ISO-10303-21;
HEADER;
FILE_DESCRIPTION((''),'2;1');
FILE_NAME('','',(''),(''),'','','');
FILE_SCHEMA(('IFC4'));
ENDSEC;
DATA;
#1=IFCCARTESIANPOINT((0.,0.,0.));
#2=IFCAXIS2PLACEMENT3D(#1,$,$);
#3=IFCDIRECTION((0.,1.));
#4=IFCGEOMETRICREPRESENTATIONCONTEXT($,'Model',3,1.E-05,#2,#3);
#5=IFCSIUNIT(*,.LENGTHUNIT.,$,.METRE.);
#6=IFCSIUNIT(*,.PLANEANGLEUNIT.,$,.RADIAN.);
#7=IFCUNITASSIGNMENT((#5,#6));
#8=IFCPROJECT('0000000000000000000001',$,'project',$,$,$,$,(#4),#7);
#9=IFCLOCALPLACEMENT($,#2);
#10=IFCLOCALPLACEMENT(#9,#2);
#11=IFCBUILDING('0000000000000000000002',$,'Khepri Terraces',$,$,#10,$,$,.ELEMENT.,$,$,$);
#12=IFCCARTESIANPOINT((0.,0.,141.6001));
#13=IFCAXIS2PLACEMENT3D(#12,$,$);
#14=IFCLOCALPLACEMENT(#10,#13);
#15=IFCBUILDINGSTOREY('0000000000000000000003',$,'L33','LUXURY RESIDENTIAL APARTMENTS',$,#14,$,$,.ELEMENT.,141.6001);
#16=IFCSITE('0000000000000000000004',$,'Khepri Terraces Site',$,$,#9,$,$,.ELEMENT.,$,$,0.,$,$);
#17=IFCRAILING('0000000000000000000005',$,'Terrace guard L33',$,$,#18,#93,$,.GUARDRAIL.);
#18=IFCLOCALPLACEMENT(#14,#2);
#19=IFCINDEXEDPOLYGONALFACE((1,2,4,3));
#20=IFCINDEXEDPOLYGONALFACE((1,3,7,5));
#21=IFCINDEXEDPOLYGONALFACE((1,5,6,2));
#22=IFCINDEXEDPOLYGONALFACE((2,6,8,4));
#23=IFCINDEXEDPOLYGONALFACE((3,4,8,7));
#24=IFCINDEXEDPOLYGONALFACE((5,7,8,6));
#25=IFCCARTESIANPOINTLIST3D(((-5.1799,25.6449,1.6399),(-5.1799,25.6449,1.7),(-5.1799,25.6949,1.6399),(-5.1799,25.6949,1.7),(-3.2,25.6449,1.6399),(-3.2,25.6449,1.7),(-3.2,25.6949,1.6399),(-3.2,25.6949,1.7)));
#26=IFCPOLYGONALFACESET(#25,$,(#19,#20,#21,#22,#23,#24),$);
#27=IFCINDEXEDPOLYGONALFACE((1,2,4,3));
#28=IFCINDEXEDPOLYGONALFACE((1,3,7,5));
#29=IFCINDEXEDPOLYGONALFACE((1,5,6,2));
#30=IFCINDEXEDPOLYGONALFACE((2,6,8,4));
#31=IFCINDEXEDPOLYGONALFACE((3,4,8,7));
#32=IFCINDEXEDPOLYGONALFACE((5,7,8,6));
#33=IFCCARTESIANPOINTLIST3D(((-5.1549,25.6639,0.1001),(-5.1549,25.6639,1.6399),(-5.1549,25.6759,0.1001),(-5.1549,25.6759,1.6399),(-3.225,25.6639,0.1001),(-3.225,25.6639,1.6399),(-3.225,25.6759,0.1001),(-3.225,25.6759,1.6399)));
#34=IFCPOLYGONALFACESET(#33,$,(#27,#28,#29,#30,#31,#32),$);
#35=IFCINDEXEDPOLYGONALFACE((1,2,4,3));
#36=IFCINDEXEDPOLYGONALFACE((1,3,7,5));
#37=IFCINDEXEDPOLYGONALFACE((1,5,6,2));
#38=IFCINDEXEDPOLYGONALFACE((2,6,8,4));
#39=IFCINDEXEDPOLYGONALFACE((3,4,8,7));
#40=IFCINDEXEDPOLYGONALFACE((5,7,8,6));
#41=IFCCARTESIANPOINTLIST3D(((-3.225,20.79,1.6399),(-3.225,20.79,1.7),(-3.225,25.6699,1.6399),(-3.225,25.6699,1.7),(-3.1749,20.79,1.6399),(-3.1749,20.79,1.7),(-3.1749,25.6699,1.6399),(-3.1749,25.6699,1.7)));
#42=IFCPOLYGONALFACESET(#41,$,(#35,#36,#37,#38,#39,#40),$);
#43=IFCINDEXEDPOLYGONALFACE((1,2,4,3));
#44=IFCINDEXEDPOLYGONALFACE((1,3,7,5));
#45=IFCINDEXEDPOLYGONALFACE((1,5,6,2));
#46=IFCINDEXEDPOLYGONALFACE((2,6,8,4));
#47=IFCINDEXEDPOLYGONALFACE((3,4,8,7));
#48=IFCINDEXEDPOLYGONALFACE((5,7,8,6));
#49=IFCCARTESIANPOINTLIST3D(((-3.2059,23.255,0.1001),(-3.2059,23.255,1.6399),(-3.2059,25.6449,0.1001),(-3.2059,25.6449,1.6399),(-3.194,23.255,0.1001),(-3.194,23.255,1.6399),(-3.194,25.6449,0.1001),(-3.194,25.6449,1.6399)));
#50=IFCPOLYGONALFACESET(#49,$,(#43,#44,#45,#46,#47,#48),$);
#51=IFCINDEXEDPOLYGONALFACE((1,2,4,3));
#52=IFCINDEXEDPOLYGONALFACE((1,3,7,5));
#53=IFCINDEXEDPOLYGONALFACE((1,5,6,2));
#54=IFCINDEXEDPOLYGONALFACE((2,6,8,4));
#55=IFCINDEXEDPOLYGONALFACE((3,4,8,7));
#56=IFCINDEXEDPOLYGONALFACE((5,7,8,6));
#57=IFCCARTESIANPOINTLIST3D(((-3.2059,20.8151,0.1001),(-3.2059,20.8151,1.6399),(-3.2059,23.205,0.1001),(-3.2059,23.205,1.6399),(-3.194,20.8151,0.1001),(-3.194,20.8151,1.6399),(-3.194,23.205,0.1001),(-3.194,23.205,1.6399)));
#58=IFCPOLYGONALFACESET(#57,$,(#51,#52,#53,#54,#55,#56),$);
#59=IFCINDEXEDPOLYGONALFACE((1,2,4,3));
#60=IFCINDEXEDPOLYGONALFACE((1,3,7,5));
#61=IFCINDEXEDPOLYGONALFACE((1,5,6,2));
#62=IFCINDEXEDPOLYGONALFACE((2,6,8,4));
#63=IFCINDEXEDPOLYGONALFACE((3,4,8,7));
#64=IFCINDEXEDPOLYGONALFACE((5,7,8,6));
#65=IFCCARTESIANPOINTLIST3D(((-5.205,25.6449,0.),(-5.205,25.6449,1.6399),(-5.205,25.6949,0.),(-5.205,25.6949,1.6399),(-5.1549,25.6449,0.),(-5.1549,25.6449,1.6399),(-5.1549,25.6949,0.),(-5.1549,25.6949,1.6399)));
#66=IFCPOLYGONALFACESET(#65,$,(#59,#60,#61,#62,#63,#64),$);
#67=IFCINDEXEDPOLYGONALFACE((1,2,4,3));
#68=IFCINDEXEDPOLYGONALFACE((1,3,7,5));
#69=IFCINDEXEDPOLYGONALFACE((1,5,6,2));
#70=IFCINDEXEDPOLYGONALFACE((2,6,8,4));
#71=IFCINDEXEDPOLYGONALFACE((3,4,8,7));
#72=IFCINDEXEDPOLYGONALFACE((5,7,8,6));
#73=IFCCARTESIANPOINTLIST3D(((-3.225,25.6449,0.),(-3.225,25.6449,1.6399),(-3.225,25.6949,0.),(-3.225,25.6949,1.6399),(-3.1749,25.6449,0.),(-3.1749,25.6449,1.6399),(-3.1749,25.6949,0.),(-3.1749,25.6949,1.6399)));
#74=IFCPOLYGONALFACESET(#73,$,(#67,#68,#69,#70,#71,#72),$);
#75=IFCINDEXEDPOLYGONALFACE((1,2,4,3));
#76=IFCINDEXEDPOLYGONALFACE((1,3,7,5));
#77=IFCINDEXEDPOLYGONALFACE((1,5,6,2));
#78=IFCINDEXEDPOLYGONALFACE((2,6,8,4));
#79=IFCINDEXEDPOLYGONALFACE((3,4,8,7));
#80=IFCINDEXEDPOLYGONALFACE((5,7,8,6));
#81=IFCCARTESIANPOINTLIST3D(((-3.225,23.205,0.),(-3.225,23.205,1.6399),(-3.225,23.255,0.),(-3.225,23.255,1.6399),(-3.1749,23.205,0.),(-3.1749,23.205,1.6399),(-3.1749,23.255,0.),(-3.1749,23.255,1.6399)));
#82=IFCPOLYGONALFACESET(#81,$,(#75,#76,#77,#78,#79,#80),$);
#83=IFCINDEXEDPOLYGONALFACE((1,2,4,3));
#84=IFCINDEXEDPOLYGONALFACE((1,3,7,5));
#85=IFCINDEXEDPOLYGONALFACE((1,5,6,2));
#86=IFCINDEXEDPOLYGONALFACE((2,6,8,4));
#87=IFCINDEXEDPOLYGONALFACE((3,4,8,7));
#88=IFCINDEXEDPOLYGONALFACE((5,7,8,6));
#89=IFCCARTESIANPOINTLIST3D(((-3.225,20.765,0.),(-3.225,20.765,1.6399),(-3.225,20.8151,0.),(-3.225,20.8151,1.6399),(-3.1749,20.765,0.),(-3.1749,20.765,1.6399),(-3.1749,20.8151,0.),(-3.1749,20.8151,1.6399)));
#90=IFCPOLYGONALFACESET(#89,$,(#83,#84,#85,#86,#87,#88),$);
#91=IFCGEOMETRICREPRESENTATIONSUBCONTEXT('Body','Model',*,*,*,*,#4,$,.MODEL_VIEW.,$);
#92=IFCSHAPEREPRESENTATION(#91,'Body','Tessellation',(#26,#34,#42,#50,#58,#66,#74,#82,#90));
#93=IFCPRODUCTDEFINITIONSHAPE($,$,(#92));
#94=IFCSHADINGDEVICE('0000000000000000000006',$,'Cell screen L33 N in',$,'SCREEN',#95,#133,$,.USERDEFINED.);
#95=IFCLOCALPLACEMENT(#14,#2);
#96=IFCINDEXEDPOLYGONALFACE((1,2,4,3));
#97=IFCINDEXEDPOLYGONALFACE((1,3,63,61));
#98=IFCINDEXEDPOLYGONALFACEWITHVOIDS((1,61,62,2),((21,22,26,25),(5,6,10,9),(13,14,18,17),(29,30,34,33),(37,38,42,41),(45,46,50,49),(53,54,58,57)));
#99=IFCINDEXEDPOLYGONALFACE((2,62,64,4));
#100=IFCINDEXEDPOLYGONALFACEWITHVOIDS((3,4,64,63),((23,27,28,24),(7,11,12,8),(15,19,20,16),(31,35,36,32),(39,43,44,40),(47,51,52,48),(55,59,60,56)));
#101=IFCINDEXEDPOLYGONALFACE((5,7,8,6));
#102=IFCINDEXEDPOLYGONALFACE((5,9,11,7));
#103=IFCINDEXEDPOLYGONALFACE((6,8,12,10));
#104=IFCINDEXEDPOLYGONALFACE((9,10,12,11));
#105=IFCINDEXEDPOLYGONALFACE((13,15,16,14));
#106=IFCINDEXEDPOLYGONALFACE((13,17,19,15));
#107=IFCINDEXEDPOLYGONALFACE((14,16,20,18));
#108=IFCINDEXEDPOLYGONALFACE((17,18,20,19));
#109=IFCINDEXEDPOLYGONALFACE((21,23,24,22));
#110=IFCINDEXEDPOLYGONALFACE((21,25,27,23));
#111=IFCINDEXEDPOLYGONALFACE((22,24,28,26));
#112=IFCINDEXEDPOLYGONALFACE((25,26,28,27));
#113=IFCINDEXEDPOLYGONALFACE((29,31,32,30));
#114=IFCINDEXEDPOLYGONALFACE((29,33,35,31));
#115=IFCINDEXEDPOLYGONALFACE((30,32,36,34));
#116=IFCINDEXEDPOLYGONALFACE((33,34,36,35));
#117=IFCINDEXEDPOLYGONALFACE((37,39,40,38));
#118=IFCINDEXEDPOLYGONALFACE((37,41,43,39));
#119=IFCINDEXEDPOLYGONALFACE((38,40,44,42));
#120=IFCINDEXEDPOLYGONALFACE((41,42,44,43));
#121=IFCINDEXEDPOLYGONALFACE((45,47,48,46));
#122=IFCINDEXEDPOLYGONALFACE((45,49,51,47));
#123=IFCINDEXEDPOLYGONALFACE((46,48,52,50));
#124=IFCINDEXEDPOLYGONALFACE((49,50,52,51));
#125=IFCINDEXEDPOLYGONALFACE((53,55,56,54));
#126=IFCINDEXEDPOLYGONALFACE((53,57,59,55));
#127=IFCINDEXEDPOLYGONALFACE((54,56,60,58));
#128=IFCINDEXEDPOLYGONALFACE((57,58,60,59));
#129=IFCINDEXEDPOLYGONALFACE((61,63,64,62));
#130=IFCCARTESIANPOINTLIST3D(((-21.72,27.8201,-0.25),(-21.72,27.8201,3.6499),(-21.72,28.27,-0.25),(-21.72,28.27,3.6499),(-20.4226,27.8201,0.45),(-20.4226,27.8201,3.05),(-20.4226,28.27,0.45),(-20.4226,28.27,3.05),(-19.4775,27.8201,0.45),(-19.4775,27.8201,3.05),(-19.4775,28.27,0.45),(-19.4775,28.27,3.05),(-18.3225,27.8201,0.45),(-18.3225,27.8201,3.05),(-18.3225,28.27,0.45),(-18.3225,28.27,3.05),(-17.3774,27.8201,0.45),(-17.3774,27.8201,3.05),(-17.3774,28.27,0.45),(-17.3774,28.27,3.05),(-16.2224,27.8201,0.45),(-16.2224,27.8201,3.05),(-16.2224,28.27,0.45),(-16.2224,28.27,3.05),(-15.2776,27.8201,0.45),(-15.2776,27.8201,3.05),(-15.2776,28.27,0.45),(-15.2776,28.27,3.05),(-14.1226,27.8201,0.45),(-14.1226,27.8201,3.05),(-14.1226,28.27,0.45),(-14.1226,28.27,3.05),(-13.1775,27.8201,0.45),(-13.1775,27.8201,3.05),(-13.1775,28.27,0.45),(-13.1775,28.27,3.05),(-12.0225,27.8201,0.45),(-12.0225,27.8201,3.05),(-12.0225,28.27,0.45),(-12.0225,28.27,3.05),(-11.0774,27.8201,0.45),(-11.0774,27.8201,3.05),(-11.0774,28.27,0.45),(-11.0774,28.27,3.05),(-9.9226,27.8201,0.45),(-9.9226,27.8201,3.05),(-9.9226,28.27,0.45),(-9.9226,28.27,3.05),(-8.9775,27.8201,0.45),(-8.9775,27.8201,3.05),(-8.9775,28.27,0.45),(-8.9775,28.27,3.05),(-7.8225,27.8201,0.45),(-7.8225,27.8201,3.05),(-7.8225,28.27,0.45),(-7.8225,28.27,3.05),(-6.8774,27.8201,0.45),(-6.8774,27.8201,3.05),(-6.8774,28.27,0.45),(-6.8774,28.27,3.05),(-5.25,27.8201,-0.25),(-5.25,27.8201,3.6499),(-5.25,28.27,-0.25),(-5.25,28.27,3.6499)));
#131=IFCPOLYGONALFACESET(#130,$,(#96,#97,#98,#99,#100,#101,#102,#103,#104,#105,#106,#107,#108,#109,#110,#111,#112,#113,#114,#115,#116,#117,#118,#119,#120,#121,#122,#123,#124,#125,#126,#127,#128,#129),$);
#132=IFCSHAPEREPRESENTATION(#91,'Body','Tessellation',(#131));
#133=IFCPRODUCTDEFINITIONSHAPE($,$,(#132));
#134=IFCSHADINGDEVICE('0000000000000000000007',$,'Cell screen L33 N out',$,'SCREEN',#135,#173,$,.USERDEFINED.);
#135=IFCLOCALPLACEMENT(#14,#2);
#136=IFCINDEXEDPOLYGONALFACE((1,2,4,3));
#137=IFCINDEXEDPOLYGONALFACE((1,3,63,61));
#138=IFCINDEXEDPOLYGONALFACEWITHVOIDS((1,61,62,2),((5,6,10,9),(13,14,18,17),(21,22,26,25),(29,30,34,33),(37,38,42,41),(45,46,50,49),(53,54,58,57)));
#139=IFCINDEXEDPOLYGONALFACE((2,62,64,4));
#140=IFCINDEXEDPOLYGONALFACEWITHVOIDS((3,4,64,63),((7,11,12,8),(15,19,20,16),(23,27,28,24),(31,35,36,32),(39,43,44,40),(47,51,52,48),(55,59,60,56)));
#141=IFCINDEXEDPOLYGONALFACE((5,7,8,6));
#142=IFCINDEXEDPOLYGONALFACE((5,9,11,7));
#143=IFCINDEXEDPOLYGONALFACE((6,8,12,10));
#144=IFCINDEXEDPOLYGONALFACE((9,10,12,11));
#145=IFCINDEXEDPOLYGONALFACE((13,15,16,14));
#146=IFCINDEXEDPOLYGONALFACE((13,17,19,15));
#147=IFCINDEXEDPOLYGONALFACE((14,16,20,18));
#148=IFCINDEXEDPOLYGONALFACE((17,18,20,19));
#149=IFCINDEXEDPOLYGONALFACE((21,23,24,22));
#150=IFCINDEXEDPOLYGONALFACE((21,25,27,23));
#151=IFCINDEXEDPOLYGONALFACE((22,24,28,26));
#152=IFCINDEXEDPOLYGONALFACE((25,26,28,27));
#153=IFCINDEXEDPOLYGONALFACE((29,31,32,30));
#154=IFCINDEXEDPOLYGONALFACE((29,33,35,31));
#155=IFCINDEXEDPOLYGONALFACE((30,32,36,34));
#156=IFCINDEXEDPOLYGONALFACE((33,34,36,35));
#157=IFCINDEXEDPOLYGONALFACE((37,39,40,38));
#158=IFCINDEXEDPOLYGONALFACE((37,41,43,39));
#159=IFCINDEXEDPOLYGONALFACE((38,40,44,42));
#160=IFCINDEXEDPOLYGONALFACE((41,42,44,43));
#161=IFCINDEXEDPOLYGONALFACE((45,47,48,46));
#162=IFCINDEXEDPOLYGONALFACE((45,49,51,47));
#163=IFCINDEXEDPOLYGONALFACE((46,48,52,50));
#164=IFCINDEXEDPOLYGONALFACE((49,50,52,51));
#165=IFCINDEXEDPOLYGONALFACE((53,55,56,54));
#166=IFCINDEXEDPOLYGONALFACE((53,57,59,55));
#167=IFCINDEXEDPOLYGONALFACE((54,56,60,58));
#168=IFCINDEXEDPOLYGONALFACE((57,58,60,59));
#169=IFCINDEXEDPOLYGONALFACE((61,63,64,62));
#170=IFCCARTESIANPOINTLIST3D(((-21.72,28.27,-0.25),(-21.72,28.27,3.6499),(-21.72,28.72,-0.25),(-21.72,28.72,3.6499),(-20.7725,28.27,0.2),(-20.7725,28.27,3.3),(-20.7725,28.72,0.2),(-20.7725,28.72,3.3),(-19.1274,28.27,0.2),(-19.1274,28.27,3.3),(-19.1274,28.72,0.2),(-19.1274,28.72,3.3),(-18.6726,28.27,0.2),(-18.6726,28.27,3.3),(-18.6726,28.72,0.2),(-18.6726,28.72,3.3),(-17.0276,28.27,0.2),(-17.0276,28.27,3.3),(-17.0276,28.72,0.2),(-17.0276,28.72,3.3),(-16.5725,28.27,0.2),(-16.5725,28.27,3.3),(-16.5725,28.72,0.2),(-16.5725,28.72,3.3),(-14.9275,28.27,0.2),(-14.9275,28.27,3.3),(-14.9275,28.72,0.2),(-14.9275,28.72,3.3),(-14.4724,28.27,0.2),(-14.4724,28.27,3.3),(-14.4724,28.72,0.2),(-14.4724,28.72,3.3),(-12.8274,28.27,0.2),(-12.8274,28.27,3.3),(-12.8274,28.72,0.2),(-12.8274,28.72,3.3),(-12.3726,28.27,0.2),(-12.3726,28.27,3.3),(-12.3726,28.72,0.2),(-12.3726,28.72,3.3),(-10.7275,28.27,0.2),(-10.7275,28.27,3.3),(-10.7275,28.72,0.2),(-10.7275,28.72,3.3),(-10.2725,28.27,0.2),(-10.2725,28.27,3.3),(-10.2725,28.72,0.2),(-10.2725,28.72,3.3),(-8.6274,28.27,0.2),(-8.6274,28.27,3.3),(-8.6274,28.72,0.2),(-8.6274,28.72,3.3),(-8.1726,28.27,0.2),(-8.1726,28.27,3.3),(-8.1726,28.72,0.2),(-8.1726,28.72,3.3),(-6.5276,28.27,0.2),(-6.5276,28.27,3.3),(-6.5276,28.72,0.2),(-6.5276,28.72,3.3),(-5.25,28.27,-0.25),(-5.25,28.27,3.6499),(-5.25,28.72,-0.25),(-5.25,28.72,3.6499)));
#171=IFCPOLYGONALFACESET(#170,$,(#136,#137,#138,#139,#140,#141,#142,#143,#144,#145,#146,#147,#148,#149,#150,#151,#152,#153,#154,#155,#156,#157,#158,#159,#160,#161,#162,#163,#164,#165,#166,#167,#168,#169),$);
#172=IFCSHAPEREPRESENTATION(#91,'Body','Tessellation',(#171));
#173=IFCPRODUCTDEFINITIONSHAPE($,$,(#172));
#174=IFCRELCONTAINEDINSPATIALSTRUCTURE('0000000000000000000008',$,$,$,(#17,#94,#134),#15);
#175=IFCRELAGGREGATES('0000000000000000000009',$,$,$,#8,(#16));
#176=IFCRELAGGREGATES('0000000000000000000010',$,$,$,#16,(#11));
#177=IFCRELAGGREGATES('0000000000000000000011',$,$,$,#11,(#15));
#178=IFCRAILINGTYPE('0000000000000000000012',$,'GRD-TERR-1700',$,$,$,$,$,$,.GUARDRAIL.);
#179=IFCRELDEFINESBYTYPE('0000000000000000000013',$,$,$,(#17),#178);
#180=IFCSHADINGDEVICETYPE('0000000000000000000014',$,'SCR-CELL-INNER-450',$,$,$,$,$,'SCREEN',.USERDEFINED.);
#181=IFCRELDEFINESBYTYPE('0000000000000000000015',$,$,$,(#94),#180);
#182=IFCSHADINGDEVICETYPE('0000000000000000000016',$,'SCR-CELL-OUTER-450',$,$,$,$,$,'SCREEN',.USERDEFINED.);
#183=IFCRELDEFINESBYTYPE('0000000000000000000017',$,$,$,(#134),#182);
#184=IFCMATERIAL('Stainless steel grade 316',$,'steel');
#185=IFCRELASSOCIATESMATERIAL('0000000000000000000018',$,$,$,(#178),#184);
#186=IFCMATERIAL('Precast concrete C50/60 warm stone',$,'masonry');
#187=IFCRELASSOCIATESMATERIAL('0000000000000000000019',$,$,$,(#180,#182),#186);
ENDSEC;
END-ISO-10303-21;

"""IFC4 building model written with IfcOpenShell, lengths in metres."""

from ifc_helpers import new_model, si_unit, direction, frame, origin, origin_2d, place, context, subcontext, project, spatial, polyline, rectangle, outline, extrude, material, type_object, element, save


model = new_model("IFC4")

# Units and contexts
model_context = context("Model", 3, precision=1e-05, world=origin(), true_north=direction((0.0, 1.0)))
body_context = subcontext(model_context, "Body", "Model", "MODEL_VIEW")
ifc_project = project(units=[si_unit("LENGTHUNIT", "METRE"), si_unit("PLANEANGLEUNIT", "RADIAN")], contexts=[model_context])

# Site, building, storey
site_placement = place(None, origin())
site = spatial("IfcSite", under=ifc_project, at=site_placement, Name="Khepri Terraces Site", CompositionType="ELEMENT", RefElevation=0.0)
building_placement = place(site_placement, origin())
building = spatial("IfcBuilding", under=site, at=building_placement, Name="Khepri Terraces", CompositionType="ELEMENT")
storey_placement = place(building_placement, frame((0.0, 0.0, 141.6001)))
storey = spatial("IfcBuildingStorey", under=building, at=storey_placement, Name="L33", Description="LUXURY RESIDENTIAL APARTMENTS", CompositionType="ELEMENT", Elevation=141.6001)

# Shared definitions
ifc_material_1 = material(Name="Precast concrete C50/60 warm stone", Category="masonry")

# Railing
ifc_material_2 = material(Name="Stainless steel grade 316", Category="steel")
railing_type_1 = type_object("IfcRailingType", Name="GRD-TERR-1700", PredefinedType="GUARDRAIL", material=ifc_material_2)
railing_1_placement = place(storey_placement, frame((-5.1799, 25.6699, 0.0)))
element("IfcRailing", 1, at=railing_1_placement, inside=storey, type_object=railing_type_1, Name="Terrace guard L33", PredefinedType="GUARDRAIL", context=body_context, shape_type="SweptSolid", body=[
    extrude(rectangle(XDim=0.05, YDim=0.0601, at=origin_2d()), frame((0.0, 0.0, 1.6699), z_axis=(1.0, 0.0, 0.0), x_axis=(0.0, 1.0, 0.0)), (0.0, 0.0, 1.0), 1.98),
    extrude(rectangle(XDim=1.9299, YDim=0.012, at=origin_2d()), frame((0.99, 0.0, 0.1001), z_axis=(0.0, 0.0, 1.0), x_axis=(1.0, 0.0, 0.0)), (0.0, 0.0, 1.0), 1.5398),
    extrude(rectangle(XDim=0.05, YDim=0.0601, at=origin_2d()), frame((1.98, 0.0, 1.6699), z_axis=(0.0, -1.0, 0.0), x_axis=(1.0, 0.0, 0.0)), (0.0, 0.0, 1.0), 4.8799),
    extrude(rectangle(XDim=2.3899, YDim=0.012, at=origin_2d()), frame((1.98, -1.22, 0.1001), z_axis=(0.0, 0.0, 1.0), x_axis=(0.0, -1.0, 0.0)), (0.0, 0.0, 1.0), 1.5398),
    extrude(rectangle(XDim=2.3899, YDim=0.012, at=origin_2d()), frame((1.98, -3.6599, 0.1001), z_axis=(0.0, 0.0, 1.0), x_axis=(0.0, -1.0, 0.0)), (0.0, 0.0, 1.0), 1.5398),
    extrude(rectangle(XDim=0.05, YDim=0.05, at=origin_2d()), origin(), (0.0, 0.0, 1.0), 1.6399),
    extrude(rectangle(XDim=0.05, YDim=0.05, at=origin_2d()), frame((1.98, 0.0, 0.0)), (0.0, 0.0, 1.0), 1.6399),
    extrude(rectangle(XDim=0.05, YDim=0.05, at=origin_2d()), frame((1.98, -2.4399, 0.0)), (0.0, 0.0, 1.0), 1.6399),
    extrude(rectangle(XDim=0.05, YDim=0.05, at=origin_2d()), frame((1.98, -4.8799, 0.0)), (0.0, 0.0, 1.0), 1.6399),
])

# Shading devices
shading_device_type_1 = type_object("IfcShadingDeviceType", Name="SCR-CELL-INNER-450", ElementType="SCREEN", PredefinedType="USERDEFINED", material=ifc_material_1)
shading_device_1_placement = place(storey_placement, frame((-5.25, 27.8201, -0.25), z_axis=(0.0, 1.0, 0.0), x_axis=(-1.0, 0.0, 0.0)))
element("IfcShadingDevice", 2, at=shading_device_1_placement, inside=storey, type_object=shading_device_type_1, Name="Cell screen L33 N in", ObjectType="SCREEN", PredefinedType="USERDEFINED", context=body_context, shape_type="SweptSolid", body=[
    extrude(outline(polyline([(0.0, 0.0), (16.47, 0.0), (16.47, 3.8999), (0.0, 3.8999), (0.0, 0.0)]), holes=[polyline([(1.6274, 0.7), (2.5725, 0.7), (2.5725, 3.3), (1.6274, 3.3), (1.6274, 0.7)]), polyline([(3.7275, 0.7), (4.6726, 0.7), (4.6726, 3.3), (3.7275, 3.3), (3.7275, 0.7)]), polyline([(5.8274, 0.7), (6.7725, 0.7), (6.7725, 3.3), (5.8274, 3.3), (5.8274, 0.7)]), polyline([(7.9275, 0.7), (8.8726, 0.7), (8.8726, 3.3), (7.9275, 3.3), (7.9275, 0.7)]), polyline([(10.0276, 0.7), (10.9724, 0.7), (10.9724, 3.3), (10.0276, 3.3), (10.0276, 0.7)]), polyline([(12.1274, 0.7), (13.0725, 0.7), (13.0725, 3.3), (12.1274, 3.3), (12.1274, 0.7)]), polyline([(14.2275, 0.7), (15.1726, 0.7), (15.1726, 3.3), (14.2275, 3.3), (14.2275, 0.7)])]), origin(), (0.0, 0.0, 1.0), 0.45),
])
shading_device_type_2 = type_object("IfcShadingDeviceType", Name="SCR-CELL-OUTER-450", ElementType="SCREEN", PredefinedType="USERDEFINED", material=ifc_material_1)
shading_device_2_placement = place(storey_placement, frame((-5.25, 28.27, -0.25), z_axis=(0.0, 1.0, 0.0), x_axis=(-1.0, 0.0, 0.0)))
element("IfcShadingDevice", 3, at=shading_device_2_placement, inside=storey, type_object=shading_device_type_2, Name="Cell screen L33 N out", ObjectType="SCREEN", PredefinedType="USERDEFINED", context=body_context, shape_type="SweptSolid", body=[
    extrude(outline(polyline([(0.0, 0.0), (16.47, 0.0), (16.47, 3.8999), (0.0, 3.8999), (0.0, 0.0)]), holes=[polyline([(1.2776, 0.45), (2.9226, 0.45), (2.9226, 3.55), (1.2776, 3.55), (1.2776, 0.45)]), polyline([(3.3774, 0.45), (5.0225, 0.45), (5.0225, 3.55), (3.3774, 3.55), (3.3774, 0.45)]), polyline([(5.4775, 0.45), (7.1226, 0.45), (7.1226, 3.55), (5.4775, 3.55), (5.4775, 0.45)]), polyline([(7.5774, 0.45), (9.2224, 0.45), (9.2224, 3.55), (7.5774, 3.55), (7.5774, 0.45)]), polyline([(9.6775, 0.45), (11.3225, 0.45), (11.3225, 3.55), (9.6775, 3.55), (9.6775, 0.45)]), polyline([(11.7776, 0.45), (13.4226, 0.45), (13.4226, 3.55), (11.7776, 3.55), (11.7776, 0.45)]), polyline([(13.8774, 0.45), (15.5225, 0.45), (15.5225, 3.55), (13.8774, 3.55), (13.8774, 0.45)])]), origin(), (0.0, 0.0, 1.0), 0.45),
])

save(model, "model.ifc")
